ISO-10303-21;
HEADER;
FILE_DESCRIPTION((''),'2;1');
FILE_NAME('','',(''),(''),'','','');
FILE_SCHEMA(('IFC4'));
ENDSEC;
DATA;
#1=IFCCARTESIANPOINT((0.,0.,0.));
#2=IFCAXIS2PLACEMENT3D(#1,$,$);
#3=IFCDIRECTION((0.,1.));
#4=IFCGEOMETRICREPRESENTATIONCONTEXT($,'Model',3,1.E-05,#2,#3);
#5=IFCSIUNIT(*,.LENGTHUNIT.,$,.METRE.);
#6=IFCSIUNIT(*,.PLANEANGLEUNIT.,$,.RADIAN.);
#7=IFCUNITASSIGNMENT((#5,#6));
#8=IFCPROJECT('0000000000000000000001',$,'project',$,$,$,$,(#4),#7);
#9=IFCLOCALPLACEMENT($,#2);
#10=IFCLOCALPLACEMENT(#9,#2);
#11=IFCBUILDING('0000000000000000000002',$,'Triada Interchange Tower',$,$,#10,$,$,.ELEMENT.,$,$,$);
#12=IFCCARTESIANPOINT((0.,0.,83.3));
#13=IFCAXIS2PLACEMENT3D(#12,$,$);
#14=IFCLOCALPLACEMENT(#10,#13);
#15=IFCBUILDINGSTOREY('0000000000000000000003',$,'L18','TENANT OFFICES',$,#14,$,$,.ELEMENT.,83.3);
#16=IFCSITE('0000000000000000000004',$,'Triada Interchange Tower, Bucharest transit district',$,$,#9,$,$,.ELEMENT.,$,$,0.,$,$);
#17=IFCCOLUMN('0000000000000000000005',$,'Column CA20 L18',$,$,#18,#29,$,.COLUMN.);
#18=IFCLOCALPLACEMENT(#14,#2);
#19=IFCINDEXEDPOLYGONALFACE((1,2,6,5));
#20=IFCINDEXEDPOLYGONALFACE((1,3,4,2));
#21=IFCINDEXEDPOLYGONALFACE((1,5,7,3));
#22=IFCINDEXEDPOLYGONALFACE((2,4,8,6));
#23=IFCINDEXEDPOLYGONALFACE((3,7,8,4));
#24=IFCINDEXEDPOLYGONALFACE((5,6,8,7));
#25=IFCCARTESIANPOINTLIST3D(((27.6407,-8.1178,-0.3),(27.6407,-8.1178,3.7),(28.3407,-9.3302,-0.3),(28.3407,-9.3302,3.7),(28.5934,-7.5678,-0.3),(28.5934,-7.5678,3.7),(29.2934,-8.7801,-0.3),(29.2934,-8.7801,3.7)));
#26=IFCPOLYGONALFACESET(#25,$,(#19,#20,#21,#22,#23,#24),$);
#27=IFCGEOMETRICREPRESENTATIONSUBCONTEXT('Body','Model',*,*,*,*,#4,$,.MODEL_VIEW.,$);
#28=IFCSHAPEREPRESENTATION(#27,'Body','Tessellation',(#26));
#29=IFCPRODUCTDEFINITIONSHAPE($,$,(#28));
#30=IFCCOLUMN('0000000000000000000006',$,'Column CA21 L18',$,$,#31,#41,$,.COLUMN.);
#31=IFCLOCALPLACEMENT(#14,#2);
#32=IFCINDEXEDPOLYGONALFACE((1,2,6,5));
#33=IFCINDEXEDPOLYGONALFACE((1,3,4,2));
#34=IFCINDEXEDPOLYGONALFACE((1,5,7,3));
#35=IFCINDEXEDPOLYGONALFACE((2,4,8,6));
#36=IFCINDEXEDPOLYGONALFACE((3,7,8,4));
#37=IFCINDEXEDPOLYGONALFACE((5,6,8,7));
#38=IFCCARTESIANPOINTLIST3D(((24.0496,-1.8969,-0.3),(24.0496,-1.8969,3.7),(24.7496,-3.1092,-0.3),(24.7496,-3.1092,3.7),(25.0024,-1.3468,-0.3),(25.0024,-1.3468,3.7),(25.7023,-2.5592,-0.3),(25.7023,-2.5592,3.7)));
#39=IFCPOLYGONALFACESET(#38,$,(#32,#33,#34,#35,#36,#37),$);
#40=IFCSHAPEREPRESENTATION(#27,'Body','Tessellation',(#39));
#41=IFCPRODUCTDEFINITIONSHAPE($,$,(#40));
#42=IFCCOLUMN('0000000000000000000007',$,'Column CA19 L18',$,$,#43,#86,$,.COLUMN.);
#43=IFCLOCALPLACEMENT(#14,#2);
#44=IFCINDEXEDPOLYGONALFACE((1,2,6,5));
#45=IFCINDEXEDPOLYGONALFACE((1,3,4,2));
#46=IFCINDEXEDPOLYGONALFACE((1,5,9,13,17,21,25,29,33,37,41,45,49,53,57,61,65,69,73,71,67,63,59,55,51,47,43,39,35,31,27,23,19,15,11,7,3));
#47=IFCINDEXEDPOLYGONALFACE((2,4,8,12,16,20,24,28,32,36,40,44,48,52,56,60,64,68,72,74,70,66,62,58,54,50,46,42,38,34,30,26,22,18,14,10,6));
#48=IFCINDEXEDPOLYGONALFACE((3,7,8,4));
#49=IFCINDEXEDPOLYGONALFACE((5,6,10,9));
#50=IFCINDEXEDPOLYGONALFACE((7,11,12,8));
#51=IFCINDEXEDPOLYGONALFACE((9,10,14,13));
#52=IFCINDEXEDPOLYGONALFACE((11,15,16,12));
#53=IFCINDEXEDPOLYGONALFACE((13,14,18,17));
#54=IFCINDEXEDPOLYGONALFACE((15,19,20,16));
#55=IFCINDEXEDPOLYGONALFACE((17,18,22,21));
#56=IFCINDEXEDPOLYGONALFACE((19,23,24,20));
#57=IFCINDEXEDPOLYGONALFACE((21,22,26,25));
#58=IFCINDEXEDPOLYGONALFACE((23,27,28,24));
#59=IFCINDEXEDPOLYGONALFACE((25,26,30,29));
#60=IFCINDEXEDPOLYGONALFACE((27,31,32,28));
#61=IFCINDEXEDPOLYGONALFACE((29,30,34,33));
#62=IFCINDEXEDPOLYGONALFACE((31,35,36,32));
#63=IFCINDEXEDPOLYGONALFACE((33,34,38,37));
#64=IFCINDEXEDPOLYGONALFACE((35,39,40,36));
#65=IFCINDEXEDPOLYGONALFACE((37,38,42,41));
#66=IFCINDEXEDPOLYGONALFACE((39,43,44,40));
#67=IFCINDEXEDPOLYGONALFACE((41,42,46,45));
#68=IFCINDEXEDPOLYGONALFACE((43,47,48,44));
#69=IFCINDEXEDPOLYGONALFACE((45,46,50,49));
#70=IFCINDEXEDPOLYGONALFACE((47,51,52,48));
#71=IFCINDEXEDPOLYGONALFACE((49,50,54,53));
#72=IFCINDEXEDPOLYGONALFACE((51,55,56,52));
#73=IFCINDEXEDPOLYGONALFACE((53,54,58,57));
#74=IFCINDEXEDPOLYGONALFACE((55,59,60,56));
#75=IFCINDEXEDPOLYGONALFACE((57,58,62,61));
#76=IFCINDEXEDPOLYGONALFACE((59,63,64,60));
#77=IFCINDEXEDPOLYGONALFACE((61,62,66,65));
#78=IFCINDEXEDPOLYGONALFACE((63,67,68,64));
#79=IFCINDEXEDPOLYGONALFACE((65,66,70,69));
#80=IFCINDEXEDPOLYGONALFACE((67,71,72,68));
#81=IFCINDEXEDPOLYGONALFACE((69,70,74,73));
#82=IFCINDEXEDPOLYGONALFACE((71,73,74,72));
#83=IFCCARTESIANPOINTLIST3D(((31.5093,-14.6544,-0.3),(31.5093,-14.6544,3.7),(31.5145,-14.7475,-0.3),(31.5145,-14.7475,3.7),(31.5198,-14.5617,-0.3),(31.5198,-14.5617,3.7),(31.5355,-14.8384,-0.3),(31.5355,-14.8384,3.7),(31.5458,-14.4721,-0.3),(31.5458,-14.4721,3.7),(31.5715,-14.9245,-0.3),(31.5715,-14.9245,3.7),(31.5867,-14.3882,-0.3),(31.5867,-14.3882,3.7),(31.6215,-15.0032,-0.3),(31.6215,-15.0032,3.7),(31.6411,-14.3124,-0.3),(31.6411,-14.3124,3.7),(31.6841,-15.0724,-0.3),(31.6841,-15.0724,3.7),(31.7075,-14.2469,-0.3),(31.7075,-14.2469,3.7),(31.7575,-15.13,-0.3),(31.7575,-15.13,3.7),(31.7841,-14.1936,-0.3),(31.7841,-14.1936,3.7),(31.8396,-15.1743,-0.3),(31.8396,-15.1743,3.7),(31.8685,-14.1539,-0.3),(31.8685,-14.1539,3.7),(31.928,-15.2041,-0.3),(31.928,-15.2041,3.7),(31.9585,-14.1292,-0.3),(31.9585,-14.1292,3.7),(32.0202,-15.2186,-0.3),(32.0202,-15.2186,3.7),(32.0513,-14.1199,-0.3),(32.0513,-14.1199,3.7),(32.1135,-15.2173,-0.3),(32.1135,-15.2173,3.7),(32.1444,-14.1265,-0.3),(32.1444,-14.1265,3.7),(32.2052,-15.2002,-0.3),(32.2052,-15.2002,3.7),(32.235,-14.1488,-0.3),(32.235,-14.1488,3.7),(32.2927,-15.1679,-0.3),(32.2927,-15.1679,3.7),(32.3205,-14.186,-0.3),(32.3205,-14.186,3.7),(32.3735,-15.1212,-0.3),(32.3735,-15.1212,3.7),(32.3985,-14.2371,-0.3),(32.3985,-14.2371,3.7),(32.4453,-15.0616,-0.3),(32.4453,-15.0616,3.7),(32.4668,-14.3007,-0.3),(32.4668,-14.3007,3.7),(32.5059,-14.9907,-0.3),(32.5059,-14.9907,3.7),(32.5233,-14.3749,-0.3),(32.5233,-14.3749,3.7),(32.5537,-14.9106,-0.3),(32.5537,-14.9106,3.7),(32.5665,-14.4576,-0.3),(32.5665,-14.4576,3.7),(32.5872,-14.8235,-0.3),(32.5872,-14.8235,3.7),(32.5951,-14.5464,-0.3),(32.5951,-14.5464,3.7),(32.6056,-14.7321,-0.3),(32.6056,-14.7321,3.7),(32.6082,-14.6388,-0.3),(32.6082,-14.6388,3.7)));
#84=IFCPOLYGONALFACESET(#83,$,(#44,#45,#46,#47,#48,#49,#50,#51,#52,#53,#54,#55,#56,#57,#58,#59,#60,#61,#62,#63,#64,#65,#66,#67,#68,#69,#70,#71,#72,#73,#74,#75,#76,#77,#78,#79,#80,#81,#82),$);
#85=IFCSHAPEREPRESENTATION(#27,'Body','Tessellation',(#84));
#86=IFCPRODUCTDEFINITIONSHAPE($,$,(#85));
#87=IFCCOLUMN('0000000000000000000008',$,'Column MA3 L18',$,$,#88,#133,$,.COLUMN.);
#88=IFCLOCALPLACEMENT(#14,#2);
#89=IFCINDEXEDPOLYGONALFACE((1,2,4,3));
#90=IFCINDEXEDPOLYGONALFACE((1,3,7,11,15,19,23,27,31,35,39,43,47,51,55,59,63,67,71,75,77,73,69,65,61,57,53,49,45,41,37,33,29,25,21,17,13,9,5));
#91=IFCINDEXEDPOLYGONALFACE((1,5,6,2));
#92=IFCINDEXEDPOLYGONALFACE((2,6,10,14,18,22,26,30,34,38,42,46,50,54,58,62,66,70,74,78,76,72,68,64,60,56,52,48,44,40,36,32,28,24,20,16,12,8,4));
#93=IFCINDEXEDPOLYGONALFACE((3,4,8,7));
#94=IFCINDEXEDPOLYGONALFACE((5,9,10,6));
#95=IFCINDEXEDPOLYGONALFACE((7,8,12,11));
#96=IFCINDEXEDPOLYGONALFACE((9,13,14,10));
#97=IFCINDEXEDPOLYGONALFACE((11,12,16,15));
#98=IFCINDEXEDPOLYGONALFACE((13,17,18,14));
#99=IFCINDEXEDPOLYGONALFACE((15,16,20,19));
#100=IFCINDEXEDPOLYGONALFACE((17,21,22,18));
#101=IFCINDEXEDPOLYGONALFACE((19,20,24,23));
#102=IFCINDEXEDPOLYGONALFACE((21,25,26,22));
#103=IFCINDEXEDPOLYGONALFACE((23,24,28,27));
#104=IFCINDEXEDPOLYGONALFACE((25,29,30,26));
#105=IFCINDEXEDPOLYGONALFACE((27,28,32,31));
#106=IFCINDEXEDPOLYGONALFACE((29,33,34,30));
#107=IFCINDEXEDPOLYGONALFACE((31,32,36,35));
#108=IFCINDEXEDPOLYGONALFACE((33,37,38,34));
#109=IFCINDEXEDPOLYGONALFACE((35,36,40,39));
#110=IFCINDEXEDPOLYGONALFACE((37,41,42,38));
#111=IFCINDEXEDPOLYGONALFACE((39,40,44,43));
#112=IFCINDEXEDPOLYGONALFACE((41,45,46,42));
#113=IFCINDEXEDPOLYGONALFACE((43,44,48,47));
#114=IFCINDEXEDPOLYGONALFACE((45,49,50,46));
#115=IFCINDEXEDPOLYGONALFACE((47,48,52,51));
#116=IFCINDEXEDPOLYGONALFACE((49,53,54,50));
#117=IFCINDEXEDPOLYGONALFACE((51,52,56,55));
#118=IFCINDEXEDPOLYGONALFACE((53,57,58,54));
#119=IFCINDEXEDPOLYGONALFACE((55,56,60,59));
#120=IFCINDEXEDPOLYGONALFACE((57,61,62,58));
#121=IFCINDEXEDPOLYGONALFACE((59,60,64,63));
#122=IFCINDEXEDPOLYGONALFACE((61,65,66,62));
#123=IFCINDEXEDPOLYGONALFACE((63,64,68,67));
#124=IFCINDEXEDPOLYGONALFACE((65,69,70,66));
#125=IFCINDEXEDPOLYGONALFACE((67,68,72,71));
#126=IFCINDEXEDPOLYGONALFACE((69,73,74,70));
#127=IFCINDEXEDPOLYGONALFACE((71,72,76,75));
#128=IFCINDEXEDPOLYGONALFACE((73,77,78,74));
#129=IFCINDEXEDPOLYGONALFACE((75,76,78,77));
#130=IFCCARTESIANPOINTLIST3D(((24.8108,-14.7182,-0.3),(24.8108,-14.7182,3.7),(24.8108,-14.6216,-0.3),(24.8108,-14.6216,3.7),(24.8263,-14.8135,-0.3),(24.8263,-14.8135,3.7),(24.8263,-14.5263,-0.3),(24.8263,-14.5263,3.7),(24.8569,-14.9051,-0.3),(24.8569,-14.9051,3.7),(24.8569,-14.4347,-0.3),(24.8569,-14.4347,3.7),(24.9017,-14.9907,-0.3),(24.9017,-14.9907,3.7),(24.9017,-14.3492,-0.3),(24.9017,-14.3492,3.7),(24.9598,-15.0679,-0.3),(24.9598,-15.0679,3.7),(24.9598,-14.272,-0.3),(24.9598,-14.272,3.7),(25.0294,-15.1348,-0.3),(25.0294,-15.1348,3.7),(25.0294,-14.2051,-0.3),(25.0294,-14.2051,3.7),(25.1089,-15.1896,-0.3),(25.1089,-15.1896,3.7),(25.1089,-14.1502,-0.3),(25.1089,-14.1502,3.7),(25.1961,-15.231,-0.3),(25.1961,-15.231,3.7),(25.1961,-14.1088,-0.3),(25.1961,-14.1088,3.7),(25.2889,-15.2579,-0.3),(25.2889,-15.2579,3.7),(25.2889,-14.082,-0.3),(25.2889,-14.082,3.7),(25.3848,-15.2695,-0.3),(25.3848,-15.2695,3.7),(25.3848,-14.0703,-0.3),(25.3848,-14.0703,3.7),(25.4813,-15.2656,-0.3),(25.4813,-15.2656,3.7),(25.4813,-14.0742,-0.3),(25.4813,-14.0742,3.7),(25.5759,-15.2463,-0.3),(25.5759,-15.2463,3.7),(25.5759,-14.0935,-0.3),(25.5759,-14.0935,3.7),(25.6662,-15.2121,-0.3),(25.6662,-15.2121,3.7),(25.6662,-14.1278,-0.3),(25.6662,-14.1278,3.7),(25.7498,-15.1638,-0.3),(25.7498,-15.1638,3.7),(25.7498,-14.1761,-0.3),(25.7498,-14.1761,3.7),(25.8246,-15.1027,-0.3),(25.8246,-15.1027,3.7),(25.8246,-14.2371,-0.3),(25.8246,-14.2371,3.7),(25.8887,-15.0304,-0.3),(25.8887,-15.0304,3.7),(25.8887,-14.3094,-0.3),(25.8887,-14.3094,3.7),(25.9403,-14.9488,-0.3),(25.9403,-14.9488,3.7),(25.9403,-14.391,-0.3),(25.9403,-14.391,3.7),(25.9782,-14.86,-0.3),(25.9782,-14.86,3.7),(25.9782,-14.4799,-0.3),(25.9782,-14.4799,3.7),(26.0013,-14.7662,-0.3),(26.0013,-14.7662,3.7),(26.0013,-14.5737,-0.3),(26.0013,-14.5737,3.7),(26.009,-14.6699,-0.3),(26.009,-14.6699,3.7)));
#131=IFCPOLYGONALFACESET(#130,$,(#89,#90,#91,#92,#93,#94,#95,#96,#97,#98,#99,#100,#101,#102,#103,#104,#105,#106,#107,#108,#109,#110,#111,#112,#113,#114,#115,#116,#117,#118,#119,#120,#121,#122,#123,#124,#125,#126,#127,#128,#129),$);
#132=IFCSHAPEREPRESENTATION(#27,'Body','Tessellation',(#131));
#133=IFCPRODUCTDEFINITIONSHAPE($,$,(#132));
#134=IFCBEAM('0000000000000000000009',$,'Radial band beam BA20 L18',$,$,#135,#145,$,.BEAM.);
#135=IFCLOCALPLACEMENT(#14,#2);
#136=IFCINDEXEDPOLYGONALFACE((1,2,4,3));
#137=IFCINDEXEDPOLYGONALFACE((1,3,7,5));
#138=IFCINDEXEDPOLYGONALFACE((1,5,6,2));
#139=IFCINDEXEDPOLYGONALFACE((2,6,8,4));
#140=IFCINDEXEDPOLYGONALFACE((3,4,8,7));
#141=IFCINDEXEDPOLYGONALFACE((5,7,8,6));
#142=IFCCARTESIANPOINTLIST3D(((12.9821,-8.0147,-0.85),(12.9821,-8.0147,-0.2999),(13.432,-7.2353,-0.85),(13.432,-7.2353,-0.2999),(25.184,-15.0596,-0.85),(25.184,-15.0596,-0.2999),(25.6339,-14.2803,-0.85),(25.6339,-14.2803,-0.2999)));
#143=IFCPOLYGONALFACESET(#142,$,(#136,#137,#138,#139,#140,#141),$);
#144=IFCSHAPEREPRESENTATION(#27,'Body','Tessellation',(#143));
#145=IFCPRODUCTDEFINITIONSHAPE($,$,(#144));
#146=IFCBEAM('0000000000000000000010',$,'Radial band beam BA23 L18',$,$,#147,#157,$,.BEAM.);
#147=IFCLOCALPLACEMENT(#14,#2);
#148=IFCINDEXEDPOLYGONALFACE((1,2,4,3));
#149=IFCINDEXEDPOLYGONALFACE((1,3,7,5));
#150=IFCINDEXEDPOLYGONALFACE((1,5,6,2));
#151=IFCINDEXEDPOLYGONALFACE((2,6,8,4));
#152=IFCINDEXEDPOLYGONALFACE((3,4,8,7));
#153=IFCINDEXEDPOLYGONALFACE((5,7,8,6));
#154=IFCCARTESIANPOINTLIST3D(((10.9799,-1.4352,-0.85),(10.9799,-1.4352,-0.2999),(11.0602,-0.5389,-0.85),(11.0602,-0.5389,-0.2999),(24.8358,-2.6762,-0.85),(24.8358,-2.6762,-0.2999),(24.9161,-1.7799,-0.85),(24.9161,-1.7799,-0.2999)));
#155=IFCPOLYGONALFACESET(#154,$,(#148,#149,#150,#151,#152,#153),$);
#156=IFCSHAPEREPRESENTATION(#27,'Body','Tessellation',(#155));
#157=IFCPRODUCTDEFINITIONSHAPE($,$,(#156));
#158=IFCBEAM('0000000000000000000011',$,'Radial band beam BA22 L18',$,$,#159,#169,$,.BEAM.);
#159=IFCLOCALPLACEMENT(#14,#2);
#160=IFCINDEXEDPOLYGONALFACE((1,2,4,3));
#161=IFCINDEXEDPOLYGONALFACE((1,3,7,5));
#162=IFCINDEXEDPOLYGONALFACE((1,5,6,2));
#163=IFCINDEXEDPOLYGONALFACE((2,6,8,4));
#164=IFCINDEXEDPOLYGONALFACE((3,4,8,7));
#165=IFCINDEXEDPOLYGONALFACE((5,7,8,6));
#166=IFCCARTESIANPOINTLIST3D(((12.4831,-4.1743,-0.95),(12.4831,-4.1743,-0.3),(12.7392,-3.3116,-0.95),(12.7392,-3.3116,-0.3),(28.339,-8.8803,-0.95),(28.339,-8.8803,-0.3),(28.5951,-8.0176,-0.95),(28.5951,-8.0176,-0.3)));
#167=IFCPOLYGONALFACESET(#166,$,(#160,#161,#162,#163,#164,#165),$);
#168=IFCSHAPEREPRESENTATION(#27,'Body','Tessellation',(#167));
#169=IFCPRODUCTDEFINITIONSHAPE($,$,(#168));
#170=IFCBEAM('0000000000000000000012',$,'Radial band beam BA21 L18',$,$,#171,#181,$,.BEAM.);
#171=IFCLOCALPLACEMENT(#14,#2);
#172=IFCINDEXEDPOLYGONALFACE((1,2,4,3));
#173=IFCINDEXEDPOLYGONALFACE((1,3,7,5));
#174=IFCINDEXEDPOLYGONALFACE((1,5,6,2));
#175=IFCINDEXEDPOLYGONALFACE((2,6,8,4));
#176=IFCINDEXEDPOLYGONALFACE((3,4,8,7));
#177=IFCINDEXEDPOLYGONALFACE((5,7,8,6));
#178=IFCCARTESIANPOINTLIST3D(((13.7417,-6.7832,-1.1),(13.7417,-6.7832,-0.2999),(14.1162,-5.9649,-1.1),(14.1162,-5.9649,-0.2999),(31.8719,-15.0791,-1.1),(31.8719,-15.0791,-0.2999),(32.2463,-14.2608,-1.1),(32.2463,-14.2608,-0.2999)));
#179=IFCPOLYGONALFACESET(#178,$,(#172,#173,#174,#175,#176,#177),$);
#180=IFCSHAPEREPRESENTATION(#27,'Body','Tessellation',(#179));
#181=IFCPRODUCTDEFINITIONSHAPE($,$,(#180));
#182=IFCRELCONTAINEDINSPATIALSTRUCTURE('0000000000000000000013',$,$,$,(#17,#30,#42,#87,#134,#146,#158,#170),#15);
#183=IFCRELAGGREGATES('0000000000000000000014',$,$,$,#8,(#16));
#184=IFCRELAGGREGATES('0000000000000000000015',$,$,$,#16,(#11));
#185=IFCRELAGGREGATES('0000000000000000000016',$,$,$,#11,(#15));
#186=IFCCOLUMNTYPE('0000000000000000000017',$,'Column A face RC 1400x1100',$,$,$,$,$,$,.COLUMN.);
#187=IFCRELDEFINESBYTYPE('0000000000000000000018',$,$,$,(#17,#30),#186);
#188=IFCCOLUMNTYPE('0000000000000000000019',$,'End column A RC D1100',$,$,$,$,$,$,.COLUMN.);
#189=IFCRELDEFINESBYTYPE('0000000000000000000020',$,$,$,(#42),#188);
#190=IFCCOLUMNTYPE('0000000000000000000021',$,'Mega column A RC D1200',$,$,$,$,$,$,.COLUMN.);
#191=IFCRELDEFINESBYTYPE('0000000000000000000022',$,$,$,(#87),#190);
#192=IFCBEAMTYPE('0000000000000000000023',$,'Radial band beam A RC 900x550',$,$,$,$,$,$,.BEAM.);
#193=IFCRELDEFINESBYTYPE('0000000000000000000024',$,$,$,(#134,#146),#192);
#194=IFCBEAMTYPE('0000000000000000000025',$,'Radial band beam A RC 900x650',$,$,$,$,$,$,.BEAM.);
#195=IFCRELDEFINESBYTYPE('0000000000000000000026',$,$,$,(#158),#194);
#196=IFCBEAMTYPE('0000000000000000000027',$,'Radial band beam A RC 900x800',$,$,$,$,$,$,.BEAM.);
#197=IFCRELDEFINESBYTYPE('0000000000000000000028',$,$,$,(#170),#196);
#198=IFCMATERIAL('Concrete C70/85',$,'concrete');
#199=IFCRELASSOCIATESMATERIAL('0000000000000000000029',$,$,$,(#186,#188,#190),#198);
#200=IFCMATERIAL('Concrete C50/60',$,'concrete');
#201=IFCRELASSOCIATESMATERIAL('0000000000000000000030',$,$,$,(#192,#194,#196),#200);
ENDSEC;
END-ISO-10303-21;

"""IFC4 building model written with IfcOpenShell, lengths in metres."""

from ifc_helpers import new_model, si_unit, direction, frame, origin, origin_2d, place, context, subcontext, project, spatial, rectangle, circle, extrude, material, material_profile, profile_set, type_object, element, save


model = new_model("IFC4")

# Units and contexts
model_context = context("Model", 3, precision=1e-05, world=origin(), true_north=direction((0.0, 1.0)))
body_context = subcontext(model_context, "Body", "Model", "MODEL_VIEW")
ifc_project = project(units=[si_unit("LENGTHUNIT", "METRE"), si_unit("PLANEANGLEUNIT", "RADIAN")], contexts=[model_context])

# Site, building, storey
site_placement = place(None, origin())
site = spatial("IfcSite", under=ifc_project, at=site_placement, Name="Triada Interchange Tower, Bucharest transit district", CompositionType="ELEMENT", RefElevation=0.0)
building_placement = place(site_placement, origin())
building = spatial("IfcBuilding", under=site, at=building_placement, Name="Triada Interchange Tower", CompositionType="ELEMENT")
storey_placement = place(building_placement, frame((0.0, 0.0, 83.3)))
storey = spatial("IfcBuildingStorey", under=building, at=storey_placement, Name="L18", Description="TENANT OFFICES", CompositionType="ELEMENT", Elevation=83.3)

# Columns
ifc_material_1 = material(Name="Concrete C70/85", Category="concrete")
ifc_material_profile_1 = material_profile(ifc_material_1, rectangle(XDim=1.3999, YDim=1.1001, at=origin_2d()), Name="RC 1400x1100")
ifc_profile_set_1 = profile_set([ifc_material_profile_1], Name="Concrete C70/85")
column_type_1 = type_object("IfcColumnType", Name="Column A face RC 1400x1100", PredefinedType="COLUMN", material=ifc_profile_set_1)
for number, where, z_axis, x_axis, name in (
    (1, (28.467, -8.449, -0.3), (0.0, 0.0, 1.0), (-0.5, 0.866025, 0.0), "Column CA20 L18"),
    (2, (24.876, -2.228, -0.3), (0.0, 0.0, 1.0), (-0.5, 0.866025, 0.0), "Column CA21 L18"),
):
    element("IfcColumn", number, at=place(storey_placement, frame(where, z_axis=z_axis, x_axis=x_axis)), inside=storey, type_object=column_type_1, Name=name, PredefinedType="COLUMN", context=body_context, shape_type="SweptSolid", body=[
        extrude(rectangle(XDim=1.3999, YDim=1.1001, at=origin_2d()), origin(), (0.0, 0.0, 1.0), 4.0),
    ])
ifc_material_profile_2 = material_profile(ifc_material_1, circle(Radius=0.55, at=origin_2d()), Name="RC D1100")
ifc_profile_set_2 = profile_set([ifc_material_profile_2], Name="Concrete C70/85")
column_type_2 = type_object("IfcColumnType", Name="End column A RC D1100", PredefinedType="COLUMN", material=ifc_profile_set_2)
column_1_placement = place(storey_placement, frame((32.0591, -14.6699, -0.3), z_axis=(0.0, 0.0, 1.0), x_axis=(-0.5, 0.866025, 0.0)))
element("IfcColumn", 3, at=column_1_placement, inside=storey, type_object=column_type_2, Name="Column CA19 L18", PredefinedType="COLUMN", context=body_context, shape_type="SweptSolid", body=[
    extrude(circle(Radius=0.55, at=origin_2d()), origin(), (0.0, 0.0, 1.0), 4.0),
])
ifc_material_profile_3 = material_profile(ifc_material_1, circle(Radius=0.6001, at=origin_2d()), Name="RC D1200")
ifc_profile_set_3 = profile_set([ifc_material_profile_3], Name="Concrete C70/85")
column_type_3 = type_object("IfcColumnType", Name="Mega column A RC D1200", PredefinedType="COLUMN", material=ifc_profile_set_3)
column_2_placement = place(storey_placement, frame((25.4089, -14.6699, -0.3), z_axis=(0.0, 0.0, 1.0), x_axis=(1.0, 0.0, 0.0)))
element("IfcColumn", 4, at=column_2_placement, inside=storey, type_object=column_type_3, Name="Column MA3 L18", PredefinedType="COLUMN", context=body_context, shape_type="SweptSolid", body=[
    extrude(circle(Radius=0.6001, at=origin_2d()), origin(), (0.0, 0.0, 1.0), 4.0),
])

# Beams
ifc_material_2 = material(Name="Concrete C50/60", Category="concrete")
ifc_material_profile_4 = material_profile(ifc_material_2, rectangle(XDim=0.8999, YDim=0.55, at=origin_2d()), Name="RC 900x550")
ifc_profile_set_4 = profile_set([ifc_material_profile_4], Name="Concrete C50/60")
beam_type_1 = type_object("IfcBeamType", Name="Radial band beam A RC 900x550", PredefinedType="BEAM", material=ifc_profile_set_4)
beam_1_placement = place(storey_placement, frame((25.4089, -14.6699, -0.575), z_axis=(-0.866021, 0.500008, 0.0), x_axis=(-0.500008, -0.866021, 0.0)))
element("IfcBeam", 5, at=beam_1_placement, inside=storey, type_object=beam_type_1, Name="Radial band beam BA20 L18", PredefinedType="BEAM", context=body_context, shape_type="SweptSolid", body=[
    extrude(rectangle(XDim=0.8999, YDim=0.55, at=origin_2d()), origin(), (0.0, 0.0, 1.0), 14.0896),
])
beam_2_placement = place(storey_placement, frame((24.876, -2.228, -0.575), z_axis=(-0.996013, 0.089205, 0.0), x_axis=(-0.089205, -0.996013, 0.0)))
element("IfcBeam", 6, at=beam_2_placement, inside=storey, type_object=beam_type_1, Name="Radial band beam BA23 L18", PredefinedType="BEAM", context=body_context, shape_type="SweptSolid", body=[
    extrude(rectangle(XDim=0.8999, YDim=0.55, at=origin_2d()), origin(), (0.0, 0.0, 1.0), 13.9114),
])
ifc_material_profile_5 = material_profile(ifc_material_2, rectangle(XDim=0.8999, YDim=0.6499, at=origin_2d()), Name="RC 900x650")
ifc_profile_set_5 = profile_set([ifc_material_profile_5], Name="Concrete C50/60")
beam_type_2 = type_object("IfcBeamType", Name="Radial band beam A RC 900x650", PredefinedType="BEAM", material=ifc_profile_set_5)
beam_3_placement = place(storey_placement, frame((28.467, -8.449, -0.625), z_axis=(-0.958666, 0.284533, 0.0), x_axis=(-0.284533, -0.958666, 0.0)))
element("IfcBeam", 7, at=beam_3_placement, inside=storey, type_object=beam_type_2, Name="Radial band beam BA22 L18", PredefinedType="BEAM", context=body_context, shape_type="SweptSolid", body=[
    extrude(rectangle(XDim=0.8999, YDim=0.6499, at=origin_2d()), origin(), (0.0, 0.0, 1.0), 16.5396),
])
ifc_material_profile_6 = material_profile(ifc_material_2, rectangle(XDim=0.8999, YDim=0.8, at=origin_2d()), Name="RC 900x800")
ifc_profile_set_6 = profile_set([ifc_material_profile_6], Name="Concrete C50/60")
beam_type_3 = type_object("IfcBeamType", Name="Radial band beam A RC 900x800", PredefinedType="BEAM", material=ifc_profile_set_6)
beam_4_placement = place(storey_placement, frame((32.0591, -14.6699, -0.7), z_axis=(-0.909326, 0.416085, 0.0), x_axis=(-0.416085, -0.909326, 0.0)))
element("IfcBeam", 8, at=beam_4_placement, inside=storey, type_object=beam_type_3, Name="Radial band beam BA21 L18", PredefinedType="BEAM", context=body_context, shape_type="SweptSolid", body=[
    extrude(rectangle(XDim=0.8999, YDim=0.8, at=origin_2d()), origin(), (0.0, 0.0, 1.0), 19.938),
])

save(model, "model.ifc")
